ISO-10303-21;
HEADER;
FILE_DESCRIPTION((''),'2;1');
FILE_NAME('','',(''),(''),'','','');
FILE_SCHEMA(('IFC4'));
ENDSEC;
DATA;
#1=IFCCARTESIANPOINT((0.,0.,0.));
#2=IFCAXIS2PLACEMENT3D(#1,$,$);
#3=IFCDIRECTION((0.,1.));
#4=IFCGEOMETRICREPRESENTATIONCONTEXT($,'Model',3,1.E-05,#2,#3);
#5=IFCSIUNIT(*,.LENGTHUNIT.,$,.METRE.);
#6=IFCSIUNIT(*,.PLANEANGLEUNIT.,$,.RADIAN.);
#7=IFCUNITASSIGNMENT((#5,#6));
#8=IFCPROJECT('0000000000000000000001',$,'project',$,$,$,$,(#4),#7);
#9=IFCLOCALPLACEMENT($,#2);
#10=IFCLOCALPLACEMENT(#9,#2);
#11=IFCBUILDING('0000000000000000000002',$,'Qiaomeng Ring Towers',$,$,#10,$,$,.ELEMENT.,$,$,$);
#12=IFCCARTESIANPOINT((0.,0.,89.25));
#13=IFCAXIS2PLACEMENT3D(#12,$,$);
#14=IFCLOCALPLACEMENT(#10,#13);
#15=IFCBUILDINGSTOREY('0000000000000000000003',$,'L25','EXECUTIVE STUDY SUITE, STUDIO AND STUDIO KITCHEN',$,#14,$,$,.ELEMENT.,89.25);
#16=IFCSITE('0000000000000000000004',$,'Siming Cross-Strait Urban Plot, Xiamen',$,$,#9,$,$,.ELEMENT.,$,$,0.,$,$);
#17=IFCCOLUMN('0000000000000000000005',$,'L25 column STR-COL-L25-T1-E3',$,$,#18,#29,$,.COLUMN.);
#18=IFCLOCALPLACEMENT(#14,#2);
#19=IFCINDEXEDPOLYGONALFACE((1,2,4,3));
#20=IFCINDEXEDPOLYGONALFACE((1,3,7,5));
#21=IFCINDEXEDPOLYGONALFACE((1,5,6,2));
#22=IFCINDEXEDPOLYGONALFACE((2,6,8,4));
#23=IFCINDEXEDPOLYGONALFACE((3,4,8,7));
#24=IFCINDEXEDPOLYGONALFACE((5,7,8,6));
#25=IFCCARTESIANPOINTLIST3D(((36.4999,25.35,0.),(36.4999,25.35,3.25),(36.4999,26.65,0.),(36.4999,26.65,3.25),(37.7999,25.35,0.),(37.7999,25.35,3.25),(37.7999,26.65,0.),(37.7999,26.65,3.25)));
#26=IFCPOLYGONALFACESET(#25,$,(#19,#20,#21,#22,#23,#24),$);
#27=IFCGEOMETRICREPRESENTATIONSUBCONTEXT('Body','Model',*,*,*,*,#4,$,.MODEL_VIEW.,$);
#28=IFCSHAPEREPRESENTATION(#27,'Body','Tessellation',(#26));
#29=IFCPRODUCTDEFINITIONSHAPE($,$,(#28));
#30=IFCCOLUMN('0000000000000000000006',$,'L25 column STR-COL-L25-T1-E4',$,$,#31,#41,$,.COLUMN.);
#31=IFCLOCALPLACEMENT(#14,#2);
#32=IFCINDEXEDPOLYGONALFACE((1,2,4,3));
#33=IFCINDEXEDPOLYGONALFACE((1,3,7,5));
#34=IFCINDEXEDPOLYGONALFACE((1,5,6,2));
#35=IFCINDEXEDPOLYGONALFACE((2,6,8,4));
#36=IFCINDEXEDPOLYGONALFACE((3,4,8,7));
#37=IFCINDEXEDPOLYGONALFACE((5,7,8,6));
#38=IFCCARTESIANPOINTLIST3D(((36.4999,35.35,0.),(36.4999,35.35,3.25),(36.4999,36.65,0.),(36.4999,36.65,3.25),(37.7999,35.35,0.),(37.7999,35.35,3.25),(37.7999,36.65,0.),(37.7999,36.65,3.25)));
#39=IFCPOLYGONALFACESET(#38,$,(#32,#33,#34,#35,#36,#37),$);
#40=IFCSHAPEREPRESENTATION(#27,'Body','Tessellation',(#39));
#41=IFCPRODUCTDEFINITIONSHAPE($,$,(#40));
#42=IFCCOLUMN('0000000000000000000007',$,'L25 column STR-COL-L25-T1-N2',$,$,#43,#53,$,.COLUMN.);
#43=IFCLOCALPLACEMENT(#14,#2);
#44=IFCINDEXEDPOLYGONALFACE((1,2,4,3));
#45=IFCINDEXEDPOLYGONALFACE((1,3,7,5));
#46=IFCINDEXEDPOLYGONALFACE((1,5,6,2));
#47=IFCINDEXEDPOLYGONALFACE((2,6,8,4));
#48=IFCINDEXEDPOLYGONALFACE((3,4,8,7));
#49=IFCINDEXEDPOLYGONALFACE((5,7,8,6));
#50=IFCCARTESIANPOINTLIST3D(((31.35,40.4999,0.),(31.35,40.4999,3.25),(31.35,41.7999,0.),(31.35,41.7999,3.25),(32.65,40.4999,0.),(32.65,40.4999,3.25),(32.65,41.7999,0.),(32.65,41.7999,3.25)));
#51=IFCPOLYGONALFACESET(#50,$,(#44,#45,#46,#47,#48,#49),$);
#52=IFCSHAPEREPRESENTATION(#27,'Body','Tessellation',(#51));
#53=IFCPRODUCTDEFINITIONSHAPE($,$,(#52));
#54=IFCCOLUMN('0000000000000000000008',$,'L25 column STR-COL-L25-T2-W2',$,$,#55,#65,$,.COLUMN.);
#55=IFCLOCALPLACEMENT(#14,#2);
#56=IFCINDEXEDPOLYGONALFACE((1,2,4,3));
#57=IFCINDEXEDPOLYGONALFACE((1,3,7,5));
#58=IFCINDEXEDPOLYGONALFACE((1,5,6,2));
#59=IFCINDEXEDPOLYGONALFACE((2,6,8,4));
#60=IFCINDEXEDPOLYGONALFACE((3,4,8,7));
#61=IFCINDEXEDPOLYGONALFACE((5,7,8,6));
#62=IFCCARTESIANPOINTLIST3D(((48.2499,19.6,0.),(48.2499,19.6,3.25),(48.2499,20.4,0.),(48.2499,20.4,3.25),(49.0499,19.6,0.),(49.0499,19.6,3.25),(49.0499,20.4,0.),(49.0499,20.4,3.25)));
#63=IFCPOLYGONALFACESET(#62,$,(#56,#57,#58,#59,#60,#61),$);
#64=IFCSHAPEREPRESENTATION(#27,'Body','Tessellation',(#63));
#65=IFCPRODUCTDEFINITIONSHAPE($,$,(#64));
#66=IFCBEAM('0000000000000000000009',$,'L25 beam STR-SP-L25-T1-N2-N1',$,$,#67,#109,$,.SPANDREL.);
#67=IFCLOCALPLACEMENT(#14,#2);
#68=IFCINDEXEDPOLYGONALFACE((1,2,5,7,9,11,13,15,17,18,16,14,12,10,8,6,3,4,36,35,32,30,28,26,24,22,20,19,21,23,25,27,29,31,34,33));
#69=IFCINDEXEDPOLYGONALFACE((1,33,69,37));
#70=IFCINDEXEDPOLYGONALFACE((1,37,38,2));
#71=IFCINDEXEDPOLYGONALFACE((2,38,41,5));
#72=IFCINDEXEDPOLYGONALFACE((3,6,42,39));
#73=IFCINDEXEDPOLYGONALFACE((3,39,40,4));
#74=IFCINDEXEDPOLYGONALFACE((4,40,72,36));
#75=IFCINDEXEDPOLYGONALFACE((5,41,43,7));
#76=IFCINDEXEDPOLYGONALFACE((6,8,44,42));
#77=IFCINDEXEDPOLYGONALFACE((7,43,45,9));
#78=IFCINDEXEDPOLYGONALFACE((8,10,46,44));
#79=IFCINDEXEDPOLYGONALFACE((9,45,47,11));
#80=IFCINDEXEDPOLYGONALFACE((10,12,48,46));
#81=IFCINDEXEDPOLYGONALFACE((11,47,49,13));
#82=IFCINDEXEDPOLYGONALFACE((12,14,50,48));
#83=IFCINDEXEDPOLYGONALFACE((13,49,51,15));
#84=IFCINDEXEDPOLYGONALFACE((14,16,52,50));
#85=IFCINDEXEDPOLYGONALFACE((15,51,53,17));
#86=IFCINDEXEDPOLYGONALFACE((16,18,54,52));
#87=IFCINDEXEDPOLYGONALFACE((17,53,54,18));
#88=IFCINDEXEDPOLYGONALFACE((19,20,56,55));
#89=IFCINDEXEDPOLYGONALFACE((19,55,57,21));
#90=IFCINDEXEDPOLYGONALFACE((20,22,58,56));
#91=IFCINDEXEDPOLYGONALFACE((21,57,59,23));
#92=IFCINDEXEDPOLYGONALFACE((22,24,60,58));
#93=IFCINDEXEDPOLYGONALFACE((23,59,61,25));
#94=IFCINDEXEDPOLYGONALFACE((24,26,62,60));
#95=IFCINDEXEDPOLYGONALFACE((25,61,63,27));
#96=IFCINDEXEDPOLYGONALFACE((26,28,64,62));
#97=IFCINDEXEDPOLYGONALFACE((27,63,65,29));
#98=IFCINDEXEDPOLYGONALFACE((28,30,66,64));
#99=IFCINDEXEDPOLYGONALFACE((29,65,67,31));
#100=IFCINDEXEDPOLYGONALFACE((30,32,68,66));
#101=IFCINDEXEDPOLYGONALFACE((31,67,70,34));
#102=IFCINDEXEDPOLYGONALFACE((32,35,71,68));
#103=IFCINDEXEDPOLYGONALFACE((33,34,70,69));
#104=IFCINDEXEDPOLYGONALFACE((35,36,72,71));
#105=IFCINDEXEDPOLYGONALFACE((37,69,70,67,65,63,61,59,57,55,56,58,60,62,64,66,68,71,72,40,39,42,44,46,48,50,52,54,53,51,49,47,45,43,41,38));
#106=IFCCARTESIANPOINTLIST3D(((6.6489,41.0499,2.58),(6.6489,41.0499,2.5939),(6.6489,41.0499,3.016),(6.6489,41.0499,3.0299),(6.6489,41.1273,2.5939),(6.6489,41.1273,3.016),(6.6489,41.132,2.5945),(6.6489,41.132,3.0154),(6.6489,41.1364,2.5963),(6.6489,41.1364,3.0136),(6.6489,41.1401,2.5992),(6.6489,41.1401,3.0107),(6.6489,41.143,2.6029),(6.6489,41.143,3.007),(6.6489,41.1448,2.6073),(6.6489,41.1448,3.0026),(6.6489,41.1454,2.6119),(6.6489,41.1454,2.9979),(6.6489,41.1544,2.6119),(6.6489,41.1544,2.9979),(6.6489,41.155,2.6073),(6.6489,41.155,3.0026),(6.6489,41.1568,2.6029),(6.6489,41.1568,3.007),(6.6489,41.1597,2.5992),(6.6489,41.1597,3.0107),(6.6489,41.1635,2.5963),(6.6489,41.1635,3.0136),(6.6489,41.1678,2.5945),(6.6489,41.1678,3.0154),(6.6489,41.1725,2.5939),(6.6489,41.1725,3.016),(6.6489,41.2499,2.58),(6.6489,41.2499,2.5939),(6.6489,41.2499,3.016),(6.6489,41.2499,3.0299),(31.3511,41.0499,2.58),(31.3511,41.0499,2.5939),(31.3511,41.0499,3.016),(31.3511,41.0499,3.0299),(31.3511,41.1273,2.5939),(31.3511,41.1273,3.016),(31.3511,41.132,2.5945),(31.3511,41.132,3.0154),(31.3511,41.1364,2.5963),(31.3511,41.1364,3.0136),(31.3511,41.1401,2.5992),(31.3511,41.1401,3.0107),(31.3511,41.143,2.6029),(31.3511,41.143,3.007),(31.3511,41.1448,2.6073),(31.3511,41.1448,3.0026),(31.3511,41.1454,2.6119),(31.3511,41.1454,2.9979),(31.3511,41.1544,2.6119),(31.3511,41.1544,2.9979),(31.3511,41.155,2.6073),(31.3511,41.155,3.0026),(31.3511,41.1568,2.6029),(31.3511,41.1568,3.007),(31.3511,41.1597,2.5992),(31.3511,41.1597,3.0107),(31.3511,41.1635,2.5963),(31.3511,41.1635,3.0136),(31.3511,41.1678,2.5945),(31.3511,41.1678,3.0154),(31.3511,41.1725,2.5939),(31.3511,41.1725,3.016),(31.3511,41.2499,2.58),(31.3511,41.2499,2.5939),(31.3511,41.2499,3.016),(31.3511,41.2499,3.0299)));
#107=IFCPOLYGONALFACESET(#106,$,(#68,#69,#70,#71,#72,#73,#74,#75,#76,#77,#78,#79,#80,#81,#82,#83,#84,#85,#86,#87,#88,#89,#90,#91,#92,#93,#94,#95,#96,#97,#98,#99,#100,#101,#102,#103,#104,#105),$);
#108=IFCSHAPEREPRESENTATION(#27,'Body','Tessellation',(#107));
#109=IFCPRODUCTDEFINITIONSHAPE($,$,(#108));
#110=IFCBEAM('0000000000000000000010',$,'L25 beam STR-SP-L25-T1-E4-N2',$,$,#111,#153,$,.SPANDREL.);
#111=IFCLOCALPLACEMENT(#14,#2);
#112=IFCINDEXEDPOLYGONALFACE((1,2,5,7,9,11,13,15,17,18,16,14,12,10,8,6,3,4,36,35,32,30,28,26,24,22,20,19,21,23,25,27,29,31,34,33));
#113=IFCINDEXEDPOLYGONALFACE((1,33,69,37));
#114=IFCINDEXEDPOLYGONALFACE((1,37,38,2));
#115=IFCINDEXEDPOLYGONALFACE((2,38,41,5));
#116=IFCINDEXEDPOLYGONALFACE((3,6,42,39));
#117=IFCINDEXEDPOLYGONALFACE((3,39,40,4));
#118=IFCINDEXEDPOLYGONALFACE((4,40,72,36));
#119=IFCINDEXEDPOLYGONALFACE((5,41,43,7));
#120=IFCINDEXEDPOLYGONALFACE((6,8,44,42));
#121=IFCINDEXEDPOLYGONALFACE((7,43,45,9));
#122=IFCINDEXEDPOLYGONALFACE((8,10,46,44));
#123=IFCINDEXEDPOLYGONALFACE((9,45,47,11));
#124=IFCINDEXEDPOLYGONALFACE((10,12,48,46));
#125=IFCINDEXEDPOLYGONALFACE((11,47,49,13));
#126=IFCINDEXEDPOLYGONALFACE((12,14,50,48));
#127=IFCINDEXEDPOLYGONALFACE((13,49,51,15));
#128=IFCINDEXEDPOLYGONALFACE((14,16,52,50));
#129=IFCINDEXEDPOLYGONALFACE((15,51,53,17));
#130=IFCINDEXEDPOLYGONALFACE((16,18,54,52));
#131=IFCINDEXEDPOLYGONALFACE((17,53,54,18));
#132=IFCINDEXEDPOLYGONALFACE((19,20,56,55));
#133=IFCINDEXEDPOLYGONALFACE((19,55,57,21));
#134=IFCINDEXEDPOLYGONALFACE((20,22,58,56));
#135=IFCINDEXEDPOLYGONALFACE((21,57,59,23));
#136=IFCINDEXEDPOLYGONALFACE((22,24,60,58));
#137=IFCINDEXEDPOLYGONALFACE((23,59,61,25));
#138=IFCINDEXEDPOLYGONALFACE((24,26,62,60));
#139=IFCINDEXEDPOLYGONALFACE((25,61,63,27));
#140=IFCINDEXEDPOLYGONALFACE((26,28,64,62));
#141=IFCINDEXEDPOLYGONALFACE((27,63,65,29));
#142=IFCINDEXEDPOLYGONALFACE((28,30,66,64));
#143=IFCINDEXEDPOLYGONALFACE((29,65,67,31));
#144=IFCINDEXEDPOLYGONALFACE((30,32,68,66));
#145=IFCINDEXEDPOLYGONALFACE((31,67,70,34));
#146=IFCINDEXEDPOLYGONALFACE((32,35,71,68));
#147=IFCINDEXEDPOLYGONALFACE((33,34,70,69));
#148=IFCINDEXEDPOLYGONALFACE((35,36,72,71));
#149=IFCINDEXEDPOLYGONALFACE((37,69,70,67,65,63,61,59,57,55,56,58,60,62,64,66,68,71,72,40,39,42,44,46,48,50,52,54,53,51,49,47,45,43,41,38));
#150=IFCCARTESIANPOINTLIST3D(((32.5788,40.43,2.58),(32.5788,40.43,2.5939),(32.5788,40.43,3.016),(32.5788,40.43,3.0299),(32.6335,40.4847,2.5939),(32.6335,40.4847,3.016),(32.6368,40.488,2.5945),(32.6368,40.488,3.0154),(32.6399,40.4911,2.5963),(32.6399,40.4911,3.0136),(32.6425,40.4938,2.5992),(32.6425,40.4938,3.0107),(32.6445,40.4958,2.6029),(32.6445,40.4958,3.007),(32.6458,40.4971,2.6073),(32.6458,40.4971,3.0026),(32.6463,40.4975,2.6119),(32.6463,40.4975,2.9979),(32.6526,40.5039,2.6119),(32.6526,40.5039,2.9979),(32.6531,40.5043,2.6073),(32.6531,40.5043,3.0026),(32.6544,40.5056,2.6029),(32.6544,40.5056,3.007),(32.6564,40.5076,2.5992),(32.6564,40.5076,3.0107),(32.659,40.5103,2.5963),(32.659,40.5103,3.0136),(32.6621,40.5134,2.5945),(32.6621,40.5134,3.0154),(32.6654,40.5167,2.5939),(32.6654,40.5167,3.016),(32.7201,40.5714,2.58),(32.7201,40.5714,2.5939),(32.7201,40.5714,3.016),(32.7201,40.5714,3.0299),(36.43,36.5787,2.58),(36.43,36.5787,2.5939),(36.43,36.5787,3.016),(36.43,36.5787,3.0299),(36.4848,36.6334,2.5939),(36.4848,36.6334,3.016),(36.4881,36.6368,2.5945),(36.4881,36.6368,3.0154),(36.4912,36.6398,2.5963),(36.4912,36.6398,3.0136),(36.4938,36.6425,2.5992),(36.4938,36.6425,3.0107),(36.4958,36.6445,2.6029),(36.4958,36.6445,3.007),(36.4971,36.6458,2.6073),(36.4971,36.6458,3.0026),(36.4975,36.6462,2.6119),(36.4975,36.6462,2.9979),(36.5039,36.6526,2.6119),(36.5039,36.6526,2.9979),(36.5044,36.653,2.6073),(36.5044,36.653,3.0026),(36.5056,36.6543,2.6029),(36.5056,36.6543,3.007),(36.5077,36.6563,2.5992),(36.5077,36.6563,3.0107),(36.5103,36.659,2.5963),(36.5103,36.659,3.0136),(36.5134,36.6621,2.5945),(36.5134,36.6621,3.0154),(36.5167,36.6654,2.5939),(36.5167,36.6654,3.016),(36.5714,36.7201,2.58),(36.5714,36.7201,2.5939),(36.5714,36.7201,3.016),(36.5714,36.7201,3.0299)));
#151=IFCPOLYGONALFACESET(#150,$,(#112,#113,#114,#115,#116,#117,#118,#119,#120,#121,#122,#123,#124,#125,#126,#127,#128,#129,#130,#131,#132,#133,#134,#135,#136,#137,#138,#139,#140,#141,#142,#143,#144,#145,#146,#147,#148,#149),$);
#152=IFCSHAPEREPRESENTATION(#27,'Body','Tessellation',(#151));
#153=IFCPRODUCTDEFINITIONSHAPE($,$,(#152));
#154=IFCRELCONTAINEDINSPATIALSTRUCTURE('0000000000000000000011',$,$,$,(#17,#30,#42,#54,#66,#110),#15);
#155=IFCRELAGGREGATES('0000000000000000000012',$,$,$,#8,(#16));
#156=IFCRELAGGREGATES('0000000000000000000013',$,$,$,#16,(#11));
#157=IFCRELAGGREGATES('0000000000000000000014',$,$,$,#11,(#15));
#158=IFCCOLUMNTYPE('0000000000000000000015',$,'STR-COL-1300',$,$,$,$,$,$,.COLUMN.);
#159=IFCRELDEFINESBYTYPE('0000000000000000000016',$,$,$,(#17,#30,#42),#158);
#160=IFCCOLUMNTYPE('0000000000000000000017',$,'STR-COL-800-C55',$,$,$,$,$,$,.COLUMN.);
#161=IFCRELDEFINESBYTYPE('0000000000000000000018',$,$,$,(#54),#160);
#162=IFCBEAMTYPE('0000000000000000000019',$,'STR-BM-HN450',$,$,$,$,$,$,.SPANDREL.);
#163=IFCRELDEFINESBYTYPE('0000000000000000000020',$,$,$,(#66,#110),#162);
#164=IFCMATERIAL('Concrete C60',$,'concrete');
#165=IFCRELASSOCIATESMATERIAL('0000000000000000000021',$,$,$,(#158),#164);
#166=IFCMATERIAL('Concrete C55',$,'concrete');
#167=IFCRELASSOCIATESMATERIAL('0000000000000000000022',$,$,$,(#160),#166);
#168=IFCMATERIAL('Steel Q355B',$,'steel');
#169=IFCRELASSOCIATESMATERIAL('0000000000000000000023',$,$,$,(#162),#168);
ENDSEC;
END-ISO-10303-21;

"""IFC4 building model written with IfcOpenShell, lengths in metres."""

from ifc_helpers import new_model, si_unit, direction, frame, origin, origin_2d, place, context, subcontext, project, spatial, rectangle, i_section, extrude, source, transform, mapped, material, material_profile, profile_set, type_object, element, save


model = new_model("IFC4")

# Units and contexts
model_context = context("Model", 3, precision=1e-05, world=origin(), true_north=direction((0.0, 1.0)))
body_context = subcontext(model_context, "Body", "Model", "MODEL_VIEW")
ifc_project = project(units=[si_unit("LENGTHUNIT", "METRE"), si_unit("PLANEANGLEUNIT", "RADIAN")], contexts=[model_context])

# Site, building, storey
site_placement = place(None, origin())
site = spatial("IfcSite", under=ifc_project, at=site_placement, Name="Siming Cross-Strait Urban Plot, Xiamen", CompositionType="ELEMENT", RefElevation=0.0)
building_placement = place(site_placement, origin())
building = spatial("IfcBuilding", under=site, at=building_placement, Name="Qiaomeng Ring Towers", CompositionType="ELEMENT")
storey_placement = place(building_placement, frame((0.0, 0.0, 89.25)))
storey = spatial("IfcBuildingStorey", under=building, at=storey_placement, Name="L25", Description="EXECUTIVE STUDY SUITE, STUDIO AND STUDIO KITCHEN", CompositionType="ELEMENT", Elevation=89.25)

# Columns
ifc_material_1 = material(Name="Concrete C60", Category="concrete")
ifc_material_profile_1 = material_profile(ifc_material_1, rectangle(XDim=1.3, YDim=1.3, at=origin_2d()), Name="RC COL 1300x1300")
ifc_profile_set_1 = profile_set([ifc_material_profile_1], Name="Concrete C60")
column_type_1 = type_object("IfcColumnType", Name="STR-COL-1300", PredefinedType="COLUMN", material=ifc_profile_set_1)
shared_shape_1 = source(origin(), body_context, "Body", "SweptSolid", [
    extrude(rectangle(XDim=1.3, YDim=1.3, at=origin_2d()), origin(), (0.0, 0.0, 1.0), 3.25),
])
for number, where, z_axis, x_axis, name in (
    (1, (37.1499, 26.0, 0.0), (0.0, 0.0, 1.0), (1.0, 0.0, 0.0), "L25 column STR-COL-L25-T1-E3"),
    (2, (37.1499, 36.0, 0.0), (0.0, 0.0, 1.0), (1.0, 0.0, 0.0), "L25 column STR-COL-L25-T1-E4"),
    (3, (32.0, 41.1499, 0.0), (0.0, 0.0, 1.0), (1.0, 0.0, 0.0), "L25 column STR-COL-L25-T1-N2"),
):
    element("IfcColumn", number, at=place(storey_placement, frame(where, z_axis=z_axis, x_axis=x_axis)), inside=storey, type_object=column_type_1, Name=name, PredefinedType="COLUMN", context=body_context, shape_type="MappedRepresentation", body=[
        mapped(shared_shape_1, transform((0.0, 0.0, 0.0), x_axis=(1.0, 0.0, 0.0), y_axis=(0.0, 1.0, 0.0), z_axis=(0.0, 0.0, 1.0), scale=1.0)),
    ])
ifc_material_2 = material(Name="Concrete C55", Category="concrete")
ifc_material_profile_2 = material_profile(ifc_material_2, rectangle(XDim=0.8, YDim=0.8, at=origin_2d()), Name="RC COL 800x800")
ifc_profile_set_2 = profile_set([ifc_material_profile_2], Name="Concrete C55")
column_type_2 = type_object("IfcColumnType", Name="STR-COL-800-C55", PredefinedType="COLUMN", material=ifc_profile_set_2)
shared_shape_2 = source(origin(), body_context, "Body", "SweptSolid", [
    extrude(rectangle(XDim=0.8, YDim=0.8, at=origin_2d()), origin(), (0.0, 0.0, 1.0), 3.25),
])
column_placement = place(storey_placement, frame((48.6499, 20.0, 0.0), z_axis=(0.0, 0.0, 1.0), x_axis=(1.0, 0.0, 0.0)))
element("IfcColumn", 4, at=column_placement, inside=storey, type_object=column_type_2, Name="L25 column STR-COL-L25-T2-W2", PredefinedType="COLUMN", context=body_context, shape_type="MappedRepresentation", body=[
    mapped(shared_shape_2, transform((0.0, 0.0, 0.0), x_axis=(1.0, 0.0, 0.0), y_axis=(0.0, 1.0, 0.0), z_axis=(0.0, 0.0, 1.0), scale=1.0)),
])

# Beams
ifc_material_3 = material(Name="Steel Q355B", Category="steel")
ifc_material_profile_3 = material_profile(ifc_material_3, i_section(OverallWidth=0.2, OverallDepth=0.45, WebThickness=0.009, FlangeThickness=0.0139, FilletRadius=0.0181, at=origin_2d()), Name="HN 450x200x9x14")
ifc_profile_set_3 = profile_set([ifc_material_profile_3], Name="Steel Q355B")
beam_type_1 = type_object("IfcBeamType", Name="STR-BM-HN450", PredefinedType="SPANDREL", material=ifc_profile_set_3)
shared_shape_3 = source(origin(), body_context, "Body", "SweptSolid", [
    extrude(i_section(OverallWidth=0.2, OverallDepth=0.45, WebThickness=0.009, FlangeThickness=0.0139, FilletRadius=0.0181, at=origin_2d()), origin(), (0.0, 0.0, 1.0), 24.7021),
])
beam_1_placement = place(storey_placement, frame((31.3511, 41.1499, 2.8049), z_axis=(-1.0, 0.0, 0.0), x_axis=(0.0, -1.0, 0.0)))
element("IfcBeam", 5, at=beam_1_placement, inside=storey, type_object=beam_type_1, Name="L25 beam STR-SP-L25-T1-N2-N1", PredefinedType="SPANDREL", context=body_context, shape_type="MappedRepresentation", body=[
    mapped(shared_shape_3, transform((0.0, 0.0, 0.0), x_axis=(1.0, 0.0, 0.0), y_axis=(0.0, 1.0, 0.0), z_axis=(0.0, 0.0, 1.0), scale=1.0)),
])
shared_shape_4 = source(origin(), body_context, "Body", "SweptSolid", [
    extrude(i_section(OverallWidth=0.2, OverallDepth=0.45, WebThickness=0.009, FlangeThickness=0.0139, FilletRadius=0.0181, at=origin_2d()), origin(), (0.0, 0.0, 1.0), 5.4465),
])
beam_2_placement = place(storey_placement, frame((36.5007, 36.6494, 2.8049), z_axis=(-0.707107, 0.707107, 0.0), x_axis=(-0.707107, -0.707107, 0.0)))
element("IfcBeam", 6, at=beam_2_placement, inside=storey, type_object=beam_type_1, Name="L25 beam STR-SP-L25-T1-E4-N2", PredefinedType="SPANDREL", context=body_context, shape_type="MappedRepresentation", body=[
    mapped(shared_shape_4, transform((0.0, 0.0, 0.0), x_axis=(1.0, 0.0, 0.0), y_axis=(0.0, 1.0, 0.0), z_axis=(0.0, 0.0, 1.0), scale=1.0)),
])

save(model, "model.ifc")
